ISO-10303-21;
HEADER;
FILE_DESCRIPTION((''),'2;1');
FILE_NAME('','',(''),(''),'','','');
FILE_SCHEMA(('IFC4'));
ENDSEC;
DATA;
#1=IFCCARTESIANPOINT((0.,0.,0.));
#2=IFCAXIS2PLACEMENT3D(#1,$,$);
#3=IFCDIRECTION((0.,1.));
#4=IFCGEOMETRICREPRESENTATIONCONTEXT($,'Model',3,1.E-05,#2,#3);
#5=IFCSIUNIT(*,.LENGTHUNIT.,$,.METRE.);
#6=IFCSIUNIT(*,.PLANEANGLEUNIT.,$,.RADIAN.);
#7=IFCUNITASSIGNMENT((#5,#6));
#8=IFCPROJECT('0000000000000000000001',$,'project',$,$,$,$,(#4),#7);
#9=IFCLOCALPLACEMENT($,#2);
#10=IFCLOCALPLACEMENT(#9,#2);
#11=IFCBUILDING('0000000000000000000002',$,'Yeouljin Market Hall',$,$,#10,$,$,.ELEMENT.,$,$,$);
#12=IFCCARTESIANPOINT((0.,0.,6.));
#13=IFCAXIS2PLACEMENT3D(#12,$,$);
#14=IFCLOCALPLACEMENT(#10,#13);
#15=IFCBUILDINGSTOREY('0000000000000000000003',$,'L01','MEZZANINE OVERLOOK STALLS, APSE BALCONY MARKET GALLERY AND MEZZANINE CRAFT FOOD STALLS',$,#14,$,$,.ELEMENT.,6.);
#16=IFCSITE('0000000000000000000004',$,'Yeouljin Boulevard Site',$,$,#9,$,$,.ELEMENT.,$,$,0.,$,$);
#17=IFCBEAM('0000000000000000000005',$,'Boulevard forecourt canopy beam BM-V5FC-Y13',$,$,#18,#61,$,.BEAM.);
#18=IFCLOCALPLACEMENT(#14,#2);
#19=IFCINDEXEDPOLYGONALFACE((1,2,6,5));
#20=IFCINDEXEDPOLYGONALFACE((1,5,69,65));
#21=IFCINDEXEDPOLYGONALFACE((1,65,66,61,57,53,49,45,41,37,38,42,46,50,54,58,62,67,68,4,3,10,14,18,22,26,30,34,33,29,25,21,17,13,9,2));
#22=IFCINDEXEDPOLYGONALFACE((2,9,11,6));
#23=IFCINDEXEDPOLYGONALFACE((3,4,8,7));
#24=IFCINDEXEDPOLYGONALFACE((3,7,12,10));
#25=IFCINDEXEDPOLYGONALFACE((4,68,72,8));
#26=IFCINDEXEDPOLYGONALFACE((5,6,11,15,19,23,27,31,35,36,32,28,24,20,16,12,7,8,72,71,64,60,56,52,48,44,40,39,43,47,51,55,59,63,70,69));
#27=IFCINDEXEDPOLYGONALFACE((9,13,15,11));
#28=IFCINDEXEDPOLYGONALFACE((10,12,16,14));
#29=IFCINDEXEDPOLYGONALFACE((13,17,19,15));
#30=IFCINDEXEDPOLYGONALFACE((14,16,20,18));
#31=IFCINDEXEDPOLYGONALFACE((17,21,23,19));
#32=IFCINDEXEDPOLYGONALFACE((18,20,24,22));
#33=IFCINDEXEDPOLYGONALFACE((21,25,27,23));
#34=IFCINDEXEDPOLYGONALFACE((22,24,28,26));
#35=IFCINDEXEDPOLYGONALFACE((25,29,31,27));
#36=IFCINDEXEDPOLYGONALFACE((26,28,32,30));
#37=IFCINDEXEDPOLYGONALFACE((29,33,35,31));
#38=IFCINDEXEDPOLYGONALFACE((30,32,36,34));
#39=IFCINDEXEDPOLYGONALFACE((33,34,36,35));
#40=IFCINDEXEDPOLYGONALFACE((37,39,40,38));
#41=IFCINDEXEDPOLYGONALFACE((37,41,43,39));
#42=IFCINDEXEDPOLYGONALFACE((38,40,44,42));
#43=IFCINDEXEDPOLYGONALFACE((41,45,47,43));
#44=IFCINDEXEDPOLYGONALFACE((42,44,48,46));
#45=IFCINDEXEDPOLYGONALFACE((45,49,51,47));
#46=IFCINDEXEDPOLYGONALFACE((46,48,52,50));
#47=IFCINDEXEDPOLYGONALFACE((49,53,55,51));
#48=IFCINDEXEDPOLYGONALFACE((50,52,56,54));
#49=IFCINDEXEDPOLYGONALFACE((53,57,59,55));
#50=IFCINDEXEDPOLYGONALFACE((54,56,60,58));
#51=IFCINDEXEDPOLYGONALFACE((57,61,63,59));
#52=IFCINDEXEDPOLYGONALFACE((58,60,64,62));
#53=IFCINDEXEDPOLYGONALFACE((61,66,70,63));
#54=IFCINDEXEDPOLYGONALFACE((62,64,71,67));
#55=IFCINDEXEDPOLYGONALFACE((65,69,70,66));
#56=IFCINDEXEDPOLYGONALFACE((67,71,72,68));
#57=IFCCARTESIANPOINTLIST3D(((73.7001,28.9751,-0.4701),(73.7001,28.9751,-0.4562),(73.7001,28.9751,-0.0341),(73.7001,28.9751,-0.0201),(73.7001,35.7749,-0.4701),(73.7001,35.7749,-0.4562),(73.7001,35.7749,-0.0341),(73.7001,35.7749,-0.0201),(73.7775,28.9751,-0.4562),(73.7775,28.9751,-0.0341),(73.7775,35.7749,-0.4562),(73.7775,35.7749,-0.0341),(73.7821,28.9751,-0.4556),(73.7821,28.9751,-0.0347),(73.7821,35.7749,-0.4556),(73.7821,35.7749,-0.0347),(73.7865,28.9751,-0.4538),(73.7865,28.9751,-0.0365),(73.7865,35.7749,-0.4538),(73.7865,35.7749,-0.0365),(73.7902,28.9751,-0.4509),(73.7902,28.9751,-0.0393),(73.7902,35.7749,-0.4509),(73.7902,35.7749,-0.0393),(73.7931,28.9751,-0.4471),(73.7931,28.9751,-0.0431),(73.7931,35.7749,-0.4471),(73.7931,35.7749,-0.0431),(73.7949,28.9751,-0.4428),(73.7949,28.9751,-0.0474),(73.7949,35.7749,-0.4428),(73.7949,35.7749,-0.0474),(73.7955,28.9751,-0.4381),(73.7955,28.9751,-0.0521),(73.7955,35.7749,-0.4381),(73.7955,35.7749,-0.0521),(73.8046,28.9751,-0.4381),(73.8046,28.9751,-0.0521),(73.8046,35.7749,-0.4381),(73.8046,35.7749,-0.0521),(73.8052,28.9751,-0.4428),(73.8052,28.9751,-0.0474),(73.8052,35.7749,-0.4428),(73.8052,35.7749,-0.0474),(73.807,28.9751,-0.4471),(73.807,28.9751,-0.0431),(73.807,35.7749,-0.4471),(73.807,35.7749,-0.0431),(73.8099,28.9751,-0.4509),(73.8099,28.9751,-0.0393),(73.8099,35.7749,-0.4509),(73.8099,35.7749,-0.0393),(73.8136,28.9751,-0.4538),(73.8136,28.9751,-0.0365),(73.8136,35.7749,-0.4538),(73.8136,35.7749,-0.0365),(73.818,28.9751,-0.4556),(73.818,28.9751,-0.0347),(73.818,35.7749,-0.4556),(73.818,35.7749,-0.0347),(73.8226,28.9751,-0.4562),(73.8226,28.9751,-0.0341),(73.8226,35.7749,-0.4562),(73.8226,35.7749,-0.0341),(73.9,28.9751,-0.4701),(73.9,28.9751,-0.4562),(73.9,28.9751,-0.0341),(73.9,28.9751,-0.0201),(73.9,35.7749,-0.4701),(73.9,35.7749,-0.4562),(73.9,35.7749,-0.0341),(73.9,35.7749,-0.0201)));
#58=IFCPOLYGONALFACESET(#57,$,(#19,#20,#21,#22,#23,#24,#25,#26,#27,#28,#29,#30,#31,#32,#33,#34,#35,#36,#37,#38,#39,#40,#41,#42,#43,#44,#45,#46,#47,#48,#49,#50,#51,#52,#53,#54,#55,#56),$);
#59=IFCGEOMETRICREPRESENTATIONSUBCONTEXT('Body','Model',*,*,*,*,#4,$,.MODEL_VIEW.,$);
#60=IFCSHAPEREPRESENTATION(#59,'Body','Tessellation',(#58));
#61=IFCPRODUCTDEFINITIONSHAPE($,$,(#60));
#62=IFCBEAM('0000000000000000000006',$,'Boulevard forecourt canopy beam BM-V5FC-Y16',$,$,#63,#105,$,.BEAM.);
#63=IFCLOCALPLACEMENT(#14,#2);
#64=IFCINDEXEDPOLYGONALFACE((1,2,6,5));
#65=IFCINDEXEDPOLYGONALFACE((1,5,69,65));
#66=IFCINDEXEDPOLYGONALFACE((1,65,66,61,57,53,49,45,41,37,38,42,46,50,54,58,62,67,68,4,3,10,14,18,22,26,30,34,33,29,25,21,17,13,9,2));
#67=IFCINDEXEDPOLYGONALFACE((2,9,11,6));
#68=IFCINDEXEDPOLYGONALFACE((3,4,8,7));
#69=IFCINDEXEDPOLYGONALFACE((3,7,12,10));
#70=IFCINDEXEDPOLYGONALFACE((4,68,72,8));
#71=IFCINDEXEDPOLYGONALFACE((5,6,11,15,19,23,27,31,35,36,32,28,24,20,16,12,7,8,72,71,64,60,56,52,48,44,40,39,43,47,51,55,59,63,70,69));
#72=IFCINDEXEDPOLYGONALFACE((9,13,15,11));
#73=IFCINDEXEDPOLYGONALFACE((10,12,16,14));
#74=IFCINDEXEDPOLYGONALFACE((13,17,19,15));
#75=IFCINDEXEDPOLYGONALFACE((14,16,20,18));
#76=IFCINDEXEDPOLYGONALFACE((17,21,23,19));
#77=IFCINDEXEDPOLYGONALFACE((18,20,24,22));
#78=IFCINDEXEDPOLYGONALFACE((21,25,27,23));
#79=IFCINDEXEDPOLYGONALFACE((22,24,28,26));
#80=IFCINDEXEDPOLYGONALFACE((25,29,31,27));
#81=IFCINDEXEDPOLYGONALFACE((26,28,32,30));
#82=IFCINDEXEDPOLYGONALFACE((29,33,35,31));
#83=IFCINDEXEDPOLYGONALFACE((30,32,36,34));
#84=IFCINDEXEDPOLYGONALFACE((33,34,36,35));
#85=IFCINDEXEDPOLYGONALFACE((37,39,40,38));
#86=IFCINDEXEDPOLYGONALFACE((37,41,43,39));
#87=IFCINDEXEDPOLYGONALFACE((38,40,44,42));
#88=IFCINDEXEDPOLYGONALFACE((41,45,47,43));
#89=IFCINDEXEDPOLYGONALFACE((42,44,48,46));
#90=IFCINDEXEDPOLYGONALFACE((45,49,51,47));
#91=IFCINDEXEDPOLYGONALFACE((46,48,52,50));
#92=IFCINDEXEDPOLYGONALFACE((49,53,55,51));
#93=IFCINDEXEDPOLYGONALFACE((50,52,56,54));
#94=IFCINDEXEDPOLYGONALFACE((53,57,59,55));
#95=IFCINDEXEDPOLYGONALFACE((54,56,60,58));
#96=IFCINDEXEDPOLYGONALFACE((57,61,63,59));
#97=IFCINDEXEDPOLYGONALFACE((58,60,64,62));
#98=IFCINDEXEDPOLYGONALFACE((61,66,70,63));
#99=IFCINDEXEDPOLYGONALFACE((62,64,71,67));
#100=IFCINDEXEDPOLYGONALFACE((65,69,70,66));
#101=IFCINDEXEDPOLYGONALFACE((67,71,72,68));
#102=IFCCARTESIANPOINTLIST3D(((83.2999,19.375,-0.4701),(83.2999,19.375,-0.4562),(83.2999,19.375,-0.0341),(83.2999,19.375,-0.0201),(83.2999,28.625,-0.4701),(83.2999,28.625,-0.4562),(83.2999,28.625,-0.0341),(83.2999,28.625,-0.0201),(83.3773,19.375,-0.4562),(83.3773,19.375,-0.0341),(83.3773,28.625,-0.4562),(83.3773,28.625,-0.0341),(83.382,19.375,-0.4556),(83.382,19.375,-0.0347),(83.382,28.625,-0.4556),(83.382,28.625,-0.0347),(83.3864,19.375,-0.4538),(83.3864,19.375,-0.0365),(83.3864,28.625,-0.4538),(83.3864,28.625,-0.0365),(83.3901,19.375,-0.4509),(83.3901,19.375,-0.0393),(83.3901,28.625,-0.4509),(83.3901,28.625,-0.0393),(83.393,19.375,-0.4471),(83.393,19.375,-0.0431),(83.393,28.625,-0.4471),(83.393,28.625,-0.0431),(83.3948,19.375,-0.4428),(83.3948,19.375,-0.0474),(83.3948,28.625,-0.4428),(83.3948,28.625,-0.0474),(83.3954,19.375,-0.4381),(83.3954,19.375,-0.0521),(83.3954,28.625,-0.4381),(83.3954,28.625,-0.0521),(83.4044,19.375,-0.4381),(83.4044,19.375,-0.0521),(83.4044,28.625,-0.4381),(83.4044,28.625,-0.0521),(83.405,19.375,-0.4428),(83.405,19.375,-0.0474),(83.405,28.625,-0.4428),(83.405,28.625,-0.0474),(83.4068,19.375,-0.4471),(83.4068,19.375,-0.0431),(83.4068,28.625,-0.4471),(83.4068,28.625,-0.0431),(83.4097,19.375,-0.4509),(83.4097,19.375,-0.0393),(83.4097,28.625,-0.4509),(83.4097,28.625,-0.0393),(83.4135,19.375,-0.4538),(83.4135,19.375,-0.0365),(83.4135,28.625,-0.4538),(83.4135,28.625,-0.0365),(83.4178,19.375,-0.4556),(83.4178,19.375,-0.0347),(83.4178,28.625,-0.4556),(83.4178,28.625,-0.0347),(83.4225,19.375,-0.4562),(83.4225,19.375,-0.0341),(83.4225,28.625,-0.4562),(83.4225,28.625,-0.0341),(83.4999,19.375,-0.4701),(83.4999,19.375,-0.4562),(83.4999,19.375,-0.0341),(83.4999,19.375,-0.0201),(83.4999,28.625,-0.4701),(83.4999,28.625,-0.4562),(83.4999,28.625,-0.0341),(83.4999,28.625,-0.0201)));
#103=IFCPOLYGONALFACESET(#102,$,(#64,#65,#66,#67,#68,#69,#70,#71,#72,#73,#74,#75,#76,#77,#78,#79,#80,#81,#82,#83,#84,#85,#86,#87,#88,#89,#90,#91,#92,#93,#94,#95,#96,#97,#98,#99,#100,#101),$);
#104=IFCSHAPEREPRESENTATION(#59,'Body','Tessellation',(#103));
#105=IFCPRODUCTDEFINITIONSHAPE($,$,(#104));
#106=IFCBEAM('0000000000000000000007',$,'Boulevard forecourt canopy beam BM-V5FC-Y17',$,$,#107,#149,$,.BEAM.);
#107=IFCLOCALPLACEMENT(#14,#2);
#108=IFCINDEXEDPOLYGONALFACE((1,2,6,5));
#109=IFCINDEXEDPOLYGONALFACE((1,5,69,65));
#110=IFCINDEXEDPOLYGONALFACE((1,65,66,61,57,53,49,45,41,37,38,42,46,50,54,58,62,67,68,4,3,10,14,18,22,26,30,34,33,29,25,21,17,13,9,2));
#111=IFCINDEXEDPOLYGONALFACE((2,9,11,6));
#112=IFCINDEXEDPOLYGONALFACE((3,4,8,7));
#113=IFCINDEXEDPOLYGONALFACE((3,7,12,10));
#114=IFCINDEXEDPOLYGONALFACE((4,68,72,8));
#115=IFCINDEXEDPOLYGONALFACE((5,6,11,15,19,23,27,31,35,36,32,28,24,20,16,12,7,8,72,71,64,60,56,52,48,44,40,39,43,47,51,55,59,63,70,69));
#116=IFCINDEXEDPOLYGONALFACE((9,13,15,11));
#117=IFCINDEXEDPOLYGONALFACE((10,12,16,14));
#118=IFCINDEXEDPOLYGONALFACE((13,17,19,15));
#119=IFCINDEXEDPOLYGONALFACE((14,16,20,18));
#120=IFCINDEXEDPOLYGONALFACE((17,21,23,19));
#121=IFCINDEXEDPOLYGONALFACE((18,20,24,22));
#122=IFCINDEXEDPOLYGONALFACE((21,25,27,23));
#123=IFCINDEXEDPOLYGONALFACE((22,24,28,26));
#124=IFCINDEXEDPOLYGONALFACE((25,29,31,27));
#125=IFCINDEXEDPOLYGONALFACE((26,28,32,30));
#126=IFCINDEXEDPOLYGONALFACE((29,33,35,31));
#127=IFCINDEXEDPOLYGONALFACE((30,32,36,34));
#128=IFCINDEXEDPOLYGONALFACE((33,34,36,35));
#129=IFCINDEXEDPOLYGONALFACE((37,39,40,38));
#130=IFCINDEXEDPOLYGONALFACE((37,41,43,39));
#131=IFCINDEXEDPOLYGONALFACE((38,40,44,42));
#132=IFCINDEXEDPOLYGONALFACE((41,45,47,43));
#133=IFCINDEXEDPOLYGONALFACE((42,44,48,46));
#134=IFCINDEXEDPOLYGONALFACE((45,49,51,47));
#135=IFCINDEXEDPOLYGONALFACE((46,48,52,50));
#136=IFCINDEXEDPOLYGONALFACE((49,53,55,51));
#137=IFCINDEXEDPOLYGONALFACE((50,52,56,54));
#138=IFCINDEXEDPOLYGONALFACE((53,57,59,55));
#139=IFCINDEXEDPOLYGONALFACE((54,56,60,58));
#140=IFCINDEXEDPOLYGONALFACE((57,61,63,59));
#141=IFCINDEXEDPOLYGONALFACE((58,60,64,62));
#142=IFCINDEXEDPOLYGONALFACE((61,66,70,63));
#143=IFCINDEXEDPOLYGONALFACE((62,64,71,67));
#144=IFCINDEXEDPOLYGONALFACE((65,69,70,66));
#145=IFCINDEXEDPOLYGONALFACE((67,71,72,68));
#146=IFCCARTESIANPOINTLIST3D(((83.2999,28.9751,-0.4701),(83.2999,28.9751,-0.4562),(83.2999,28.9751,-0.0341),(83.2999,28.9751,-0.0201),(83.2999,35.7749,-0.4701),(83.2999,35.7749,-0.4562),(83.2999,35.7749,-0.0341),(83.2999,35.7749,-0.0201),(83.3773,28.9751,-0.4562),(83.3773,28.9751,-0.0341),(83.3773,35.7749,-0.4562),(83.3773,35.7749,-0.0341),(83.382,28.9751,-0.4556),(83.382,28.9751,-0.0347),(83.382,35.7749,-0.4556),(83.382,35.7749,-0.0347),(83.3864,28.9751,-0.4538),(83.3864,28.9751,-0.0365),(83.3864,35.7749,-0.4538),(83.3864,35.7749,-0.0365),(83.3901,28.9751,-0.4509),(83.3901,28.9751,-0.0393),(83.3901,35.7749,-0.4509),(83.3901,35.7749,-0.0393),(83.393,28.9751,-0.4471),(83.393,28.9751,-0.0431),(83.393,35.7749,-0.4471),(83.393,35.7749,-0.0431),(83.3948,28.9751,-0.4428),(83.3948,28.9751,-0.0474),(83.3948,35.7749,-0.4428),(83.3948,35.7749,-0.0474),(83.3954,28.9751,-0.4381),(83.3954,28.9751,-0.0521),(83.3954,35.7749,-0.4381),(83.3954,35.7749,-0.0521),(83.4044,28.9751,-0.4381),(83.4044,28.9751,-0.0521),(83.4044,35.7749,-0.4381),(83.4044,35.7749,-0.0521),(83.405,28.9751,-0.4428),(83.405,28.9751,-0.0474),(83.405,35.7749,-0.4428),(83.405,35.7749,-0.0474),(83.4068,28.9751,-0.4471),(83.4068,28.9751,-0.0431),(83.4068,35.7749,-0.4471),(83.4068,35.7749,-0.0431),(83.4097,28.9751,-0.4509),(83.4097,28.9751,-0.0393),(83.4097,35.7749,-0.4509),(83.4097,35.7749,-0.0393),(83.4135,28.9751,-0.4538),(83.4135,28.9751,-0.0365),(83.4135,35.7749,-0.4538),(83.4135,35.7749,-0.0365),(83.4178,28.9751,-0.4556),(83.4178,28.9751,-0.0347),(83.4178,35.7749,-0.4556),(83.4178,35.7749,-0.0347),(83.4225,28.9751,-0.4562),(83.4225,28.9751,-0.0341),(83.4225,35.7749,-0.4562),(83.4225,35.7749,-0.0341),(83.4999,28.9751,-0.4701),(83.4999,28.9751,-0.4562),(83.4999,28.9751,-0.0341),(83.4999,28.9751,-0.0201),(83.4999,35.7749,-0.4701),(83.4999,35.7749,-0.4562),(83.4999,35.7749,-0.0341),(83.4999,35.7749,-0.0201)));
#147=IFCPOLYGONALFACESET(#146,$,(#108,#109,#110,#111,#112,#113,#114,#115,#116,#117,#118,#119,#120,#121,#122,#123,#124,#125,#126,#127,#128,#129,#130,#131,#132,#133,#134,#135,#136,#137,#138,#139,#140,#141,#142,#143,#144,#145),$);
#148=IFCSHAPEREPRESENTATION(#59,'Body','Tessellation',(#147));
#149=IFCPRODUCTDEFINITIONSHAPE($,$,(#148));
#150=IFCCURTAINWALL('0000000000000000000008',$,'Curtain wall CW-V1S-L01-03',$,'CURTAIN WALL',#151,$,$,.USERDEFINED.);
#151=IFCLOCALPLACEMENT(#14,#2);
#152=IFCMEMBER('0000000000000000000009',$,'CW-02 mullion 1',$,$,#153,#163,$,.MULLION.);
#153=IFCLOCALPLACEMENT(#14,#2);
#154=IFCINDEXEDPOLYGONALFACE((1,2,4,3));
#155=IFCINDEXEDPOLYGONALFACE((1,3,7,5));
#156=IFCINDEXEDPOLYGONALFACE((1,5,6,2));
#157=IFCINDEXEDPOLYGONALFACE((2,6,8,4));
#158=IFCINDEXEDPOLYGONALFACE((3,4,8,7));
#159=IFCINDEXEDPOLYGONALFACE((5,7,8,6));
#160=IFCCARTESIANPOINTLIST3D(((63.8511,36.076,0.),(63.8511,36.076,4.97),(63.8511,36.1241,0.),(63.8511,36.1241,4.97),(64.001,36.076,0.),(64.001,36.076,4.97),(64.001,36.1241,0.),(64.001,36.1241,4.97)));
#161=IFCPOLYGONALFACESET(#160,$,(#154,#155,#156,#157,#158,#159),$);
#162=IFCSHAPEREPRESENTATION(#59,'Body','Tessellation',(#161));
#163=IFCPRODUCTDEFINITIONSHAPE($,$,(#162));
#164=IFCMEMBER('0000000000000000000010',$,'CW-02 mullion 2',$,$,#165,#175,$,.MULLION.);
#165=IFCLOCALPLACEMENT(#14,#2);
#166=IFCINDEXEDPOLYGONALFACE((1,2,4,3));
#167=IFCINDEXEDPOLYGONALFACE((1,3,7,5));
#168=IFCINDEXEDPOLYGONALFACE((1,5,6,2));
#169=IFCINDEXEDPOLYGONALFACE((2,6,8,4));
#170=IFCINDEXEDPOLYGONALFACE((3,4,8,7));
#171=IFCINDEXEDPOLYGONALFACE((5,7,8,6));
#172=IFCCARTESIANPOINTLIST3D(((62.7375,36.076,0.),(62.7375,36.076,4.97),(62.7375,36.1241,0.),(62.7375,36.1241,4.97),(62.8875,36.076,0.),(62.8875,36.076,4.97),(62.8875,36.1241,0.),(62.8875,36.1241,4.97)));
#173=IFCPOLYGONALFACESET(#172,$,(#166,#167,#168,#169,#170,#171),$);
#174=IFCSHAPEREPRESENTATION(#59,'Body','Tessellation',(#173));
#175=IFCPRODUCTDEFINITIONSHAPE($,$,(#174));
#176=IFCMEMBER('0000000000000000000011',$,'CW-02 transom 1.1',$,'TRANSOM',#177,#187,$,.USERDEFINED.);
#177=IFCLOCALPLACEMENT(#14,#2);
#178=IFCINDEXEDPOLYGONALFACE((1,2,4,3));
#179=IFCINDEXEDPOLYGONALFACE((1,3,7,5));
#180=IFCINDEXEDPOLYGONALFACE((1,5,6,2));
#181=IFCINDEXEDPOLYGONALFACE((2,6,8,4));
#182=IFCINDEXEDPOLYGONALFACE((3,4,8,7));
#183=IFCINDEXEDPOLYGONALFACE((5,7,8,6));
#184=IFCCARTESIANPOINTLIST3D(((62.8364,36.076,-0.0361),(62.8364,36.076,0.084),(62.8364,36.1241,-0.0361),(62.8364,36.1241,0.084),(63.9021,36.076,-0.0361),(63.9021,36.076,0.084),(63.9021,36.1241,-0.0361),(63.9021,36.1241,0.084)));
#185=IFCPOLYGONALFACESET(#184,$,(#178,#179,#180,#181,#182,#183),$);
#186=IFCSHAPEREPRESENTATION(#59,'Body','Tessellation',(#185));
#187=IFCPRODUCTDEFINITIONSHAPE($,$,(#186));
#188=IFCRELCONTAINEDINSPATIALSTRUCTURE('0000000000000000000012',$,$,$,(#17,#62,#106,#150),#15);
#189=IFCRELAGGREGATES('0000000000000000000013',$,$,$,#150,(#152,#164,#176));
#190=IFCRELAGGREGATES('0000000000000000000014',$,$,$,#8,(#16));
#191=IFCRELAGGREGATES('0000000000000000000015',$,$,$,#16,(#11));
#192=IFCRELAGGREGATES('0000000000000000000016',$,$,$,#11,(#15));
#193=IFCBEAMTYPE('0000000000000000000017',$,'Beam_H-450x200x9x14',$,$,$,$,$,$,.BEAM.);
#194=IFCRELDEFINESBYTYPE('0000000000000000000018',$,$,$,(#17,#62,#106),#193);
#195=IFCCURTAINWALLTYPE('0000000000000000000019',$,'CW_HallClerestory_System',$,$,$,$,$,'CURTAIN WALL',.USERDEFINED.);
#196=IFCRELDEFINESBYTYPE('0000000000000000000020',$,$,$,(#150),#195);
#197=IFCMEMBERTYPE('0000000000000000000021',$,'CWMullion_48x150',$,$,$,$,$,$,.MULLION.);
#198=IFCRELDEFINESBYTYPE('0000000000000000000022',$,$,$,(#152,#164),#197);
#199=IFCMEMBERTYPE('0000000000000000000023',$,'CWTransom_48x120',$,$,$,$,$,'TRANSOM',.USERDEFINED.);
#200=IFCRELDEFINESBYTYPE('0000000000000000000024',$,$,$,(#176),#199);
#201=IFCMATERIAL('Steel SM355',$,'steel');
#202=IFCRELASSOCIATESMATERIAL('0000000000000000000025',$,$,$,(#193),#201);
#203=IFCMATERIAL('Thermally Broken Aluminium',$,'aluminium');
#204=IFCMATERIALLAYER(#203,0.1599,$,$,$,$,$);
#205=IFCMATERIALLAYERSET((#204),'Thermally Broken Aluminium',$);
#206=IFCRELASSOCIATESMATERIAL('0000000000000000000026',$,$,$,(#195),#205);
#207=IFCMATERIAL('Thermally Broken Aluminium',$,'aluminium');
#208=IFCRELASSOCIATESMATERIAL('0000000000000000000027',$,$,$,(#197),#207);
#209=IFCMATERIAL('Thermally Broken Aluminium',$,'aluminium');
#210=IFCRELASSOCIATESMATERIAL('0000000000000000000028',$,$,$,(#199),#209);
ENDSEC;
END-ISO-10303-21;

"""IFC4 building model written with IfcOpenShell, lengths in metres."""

from ifc_helpers import new_model, si_unit, direction, frame, origin, origin_2d, place, context, subcontext, project, spatial, rectangle, i_section, extrude, material, layer, layer_set, material_profile, profile_set, type_object, element, aggregate, save


model = new_model("IFC4")

# Units and contexts
model_context = context("Model", 3, precision=1e-05, world=origin(), true_north=direction((0.0, 1.0)))
body_context = subcontext(model_context, "Body", "Model", "MODEL_VIEW")
ifc_project = project(units=[si_unit("LENGTHUNIT", "METRE"), si_unit("PLANEANGLEUNIT", "RADIAN")], contexts=[model_context])

# Site, building, storey
site_placement = place(None, origin())
site = spatial("IfcSite", under=ifc_project, at=site_placement, Name="Yeouljin Boulevard Site", CompositionType="ELEMENT", RefElevation=0.0)
building_placement = place(site_placement, origin())
building = spatial("IfcBuilding", under=site, at=building_placement, Name="Yeouljin Market Hall", CompositionType="ELEMENT")
storey_placement = place(building_placement, frame((0.0, 0.0, 6.0)))
storey = spatial("IfcBuildingStorey", under=building, at=storey_placement, Name="L01", Description="MEZZANINE OVERLOOK STALLS, APSE BALCONY MARKET GALLERY AND MEZZANINE CRAFT FOOD STALLS", CompositionType="ELEMENT", Elevation=6.0)

# Beams
ifc_material_1 = material(Name="Steel SM355", Category="steel")
ifc_material_profile_1 = material_profile(ifc_material_1, i_section(OverallWidth=0.2, OverallDepth=0.45, WebThickness=0.009, FlangeThickness=0.0139, FilletRadius=0.0181, at=origin_2d()), Name="H-450x200x9x14")
ifc_profile_set_1 = profile_set([ifc_material_profile_1], Name="Steel SM355")
beam_type_1 = type_object("IfcBeamType", Name="Beam_H-450x200x9x14", PredefinedType="BEAM", material=ifc_profile_set_1)
for number, where, z_axis, x_axis, name in (
    (1, (73.8, 28.9751, -0.2451), (0.0, 1.0, 0.0), (-1.0, 0.0, 0.0), "Boulevard forecourt canopy beam BM-V5FC-Y13"),
):
    element("IfcBeam", number, at=place(storey_placement, frame(where, z_axis=z_axis, x_axis=x_axis)), inside=storey, type_object=beam_type_1, Name=name, PredefinedType="BEAM", context=body_context, shape_type="SweptSolid", body=[
        extrude(i_section(OverallWidth=0.2, OverallDepth=0.45, WebThickness=0.009, FlangeThickness=0.0139, FilletRadius=0.0181, at=origin_2d()), origin(), (0.0, 0.0, 1.0), 6.7998),
    ])
beam_1_placement = place(storey_placement, frame((83.3999, 19.375, -0.2451), z_axis=(0.0, 1.0, 0.0), x_axis=(-1.0, 0.0, 0.0)))
element("IfcBeam", 2, at=beam_1_placement, inside=storey, type_object=beam_type_1, Name="Boulevard forecourt canopy beam BM-V5FC-Y16", PredefinedType="BEAM", context=body_context, shape_type="SweptSolid", body=[
    extrude(i_section(OverallWidth=0.2, OverallDepth=0.45, WebThickness=0.009, FlangeThickness=0.0139, FilletRadius=0.0181, at=origin_2d()), origin(), (0.0, 0.0, 1.0), 9.25),
])
beam_2_placement = place(storey_placement, frame((83.3999, 28.9751, -0.2451), z_axis=(0.0, 1.0, 0.0), x_axis=(-1.0, 0.0, 0.0)))
element("IfcBeam", 3, at=beam_2_placement, inside=storey, type_object=beam_type_1, Name="Boulevard forecourt canopy beam BM-V5FC-Y17", PredefinedType="BEAM", context=body_context, shape_type="SweptSolid", body=[
    extrude(i_section(OverallWidth=0.2, OverallDepth=0.45, WebThickness=0.009, FlangeThickness=0.0139, FilletRadius=0.0181, at=origin_2d()), origin(), (0.0, 0.0, 1.0), 6.7998),
])

# Curtain wall, members
ifc_material_2 = material(Name="Thermally Broken Aluminium", Category="aluminium")
ifc_layer_1 = layer(ifc_material_2, 0.1599)
ifc_layer_set_1 = layer_set([ifc_layer_1], Name="Thermally Broken Aluminium")
curtain_wall_type = type_object("IfcCurtainWallType", Name="CW_HallClerestory_System", ElementType="CURTAIN WALL", PredefinedType="USERDEFINED", material=ifc_layer_set_1)
curtain_wall_placement = place(storey_placement, origin())
curtain_wall = element("IfcCurtainWall", 4, at=curtain_wall_placement, inside=storey, type_object=curtain_wall_type, Name="Curtain wall CW-V1S-L01-03", ObjectType="CURTAIN WALL", PredefinedType="USERDEFINED")
ifc_material_3 = material(Name="Thermally Broken Aluminium", Category="aluminium")
ifc_material_profile_2 = material_profile(ifc_material_3, rectangle(XDim=0.0481, YDim=0.1499, at=origin_2d()), Name="CW-MULL-48x150")
ifc_profile_set_2 = profile_set([ifc_material_profile_2], Name="Thermally Broken Aluminium")
member_type_1 = type_object("IfcMemberType", Name="CWMullion_48x150", PredefinedType="MULLION", material=ifc_profile_set_2)
member_1_placement = place(storey_placement, frame((63.926, 36.1001, 0.0), z_axis=(0.0, 0.0, 1.0), x_axis=(0.0, -1.0, 0.0)))
member_1 = element("IfcMember", 5, at=member_1_placement, type_object=member_type_1, Name="CW-02 mullion 1", PredefinedType="MULLION", context=body_context, shape_type="SweptSolid", body=[
    extrude(rectangle(XDim=0.0481, YDim=0.1499, at=origin_2d()), origin(), (0.0, 0.0, 1.0), 4.97),
])
member_2_placement = place(storey_placement, frame((62.8125, 36.1001, 0.0), z_axis=(0.0, 0.0, 1.0), x_axis=(0.0, -1.0, 0.0)))
member_2 = element("IfcMember", 6, at=member_2_placement, type_object=member_type_1, Name="CW-02 mullion 2", PredefinedType="MULLION", context=body_context, shape_type="SweptSolid", body=[
    extrude(rectangle(XDim=0.0481, YDim=0.1499, at=origin_2d()), origin(), (0.0, 0.0, 1.0), 4.97),
])
ifc_material_4 = material(Name="Thermally Broken Aluminium", Category="aluminium")
ifc_material_profile_3 = material_profile(ifc_material_4, rectangle(XDim=0.0481, YDim=0.1201, at=origin_2d()), Name="CW-TRAN-48x120")
ifc_profile_set_3 = profile_set([ifc_material_profile_3], Name="Thermally Broken Aluminium")
member_type_2 = type_object("IfcMemberType", Name="CWTransom_48x120", ElementType="TRANSOM", PredefinedType="USERDEFINED", material=ifc_profile_set_3)
member_3_placement = place(storey_placement, frame((63.9021, 36.1001, 0.0239), z_axis=(-1.0, 0.0, 0.0), x_axis=(0.0, -1.0, 0.0)))
member_3 = element("IfcMember", 7, at=member_3_placement, type_object=member_type_2, Name="CW-02 transom 1.1", ObjectType="TRANSOM", PredefinedType="USERDEFINED", context=body_context, shape_type="SweptSolid", body=[
    extrude(rectangle(XDim=0.0481, YDim=0.1201, at=origin_2d()), origin(), (0.0, 0.0, 1.0), 1.0657),
])

aggregate(curtain_wall, [member_1, member_2, member_3])

save(model, "model.ifc")
